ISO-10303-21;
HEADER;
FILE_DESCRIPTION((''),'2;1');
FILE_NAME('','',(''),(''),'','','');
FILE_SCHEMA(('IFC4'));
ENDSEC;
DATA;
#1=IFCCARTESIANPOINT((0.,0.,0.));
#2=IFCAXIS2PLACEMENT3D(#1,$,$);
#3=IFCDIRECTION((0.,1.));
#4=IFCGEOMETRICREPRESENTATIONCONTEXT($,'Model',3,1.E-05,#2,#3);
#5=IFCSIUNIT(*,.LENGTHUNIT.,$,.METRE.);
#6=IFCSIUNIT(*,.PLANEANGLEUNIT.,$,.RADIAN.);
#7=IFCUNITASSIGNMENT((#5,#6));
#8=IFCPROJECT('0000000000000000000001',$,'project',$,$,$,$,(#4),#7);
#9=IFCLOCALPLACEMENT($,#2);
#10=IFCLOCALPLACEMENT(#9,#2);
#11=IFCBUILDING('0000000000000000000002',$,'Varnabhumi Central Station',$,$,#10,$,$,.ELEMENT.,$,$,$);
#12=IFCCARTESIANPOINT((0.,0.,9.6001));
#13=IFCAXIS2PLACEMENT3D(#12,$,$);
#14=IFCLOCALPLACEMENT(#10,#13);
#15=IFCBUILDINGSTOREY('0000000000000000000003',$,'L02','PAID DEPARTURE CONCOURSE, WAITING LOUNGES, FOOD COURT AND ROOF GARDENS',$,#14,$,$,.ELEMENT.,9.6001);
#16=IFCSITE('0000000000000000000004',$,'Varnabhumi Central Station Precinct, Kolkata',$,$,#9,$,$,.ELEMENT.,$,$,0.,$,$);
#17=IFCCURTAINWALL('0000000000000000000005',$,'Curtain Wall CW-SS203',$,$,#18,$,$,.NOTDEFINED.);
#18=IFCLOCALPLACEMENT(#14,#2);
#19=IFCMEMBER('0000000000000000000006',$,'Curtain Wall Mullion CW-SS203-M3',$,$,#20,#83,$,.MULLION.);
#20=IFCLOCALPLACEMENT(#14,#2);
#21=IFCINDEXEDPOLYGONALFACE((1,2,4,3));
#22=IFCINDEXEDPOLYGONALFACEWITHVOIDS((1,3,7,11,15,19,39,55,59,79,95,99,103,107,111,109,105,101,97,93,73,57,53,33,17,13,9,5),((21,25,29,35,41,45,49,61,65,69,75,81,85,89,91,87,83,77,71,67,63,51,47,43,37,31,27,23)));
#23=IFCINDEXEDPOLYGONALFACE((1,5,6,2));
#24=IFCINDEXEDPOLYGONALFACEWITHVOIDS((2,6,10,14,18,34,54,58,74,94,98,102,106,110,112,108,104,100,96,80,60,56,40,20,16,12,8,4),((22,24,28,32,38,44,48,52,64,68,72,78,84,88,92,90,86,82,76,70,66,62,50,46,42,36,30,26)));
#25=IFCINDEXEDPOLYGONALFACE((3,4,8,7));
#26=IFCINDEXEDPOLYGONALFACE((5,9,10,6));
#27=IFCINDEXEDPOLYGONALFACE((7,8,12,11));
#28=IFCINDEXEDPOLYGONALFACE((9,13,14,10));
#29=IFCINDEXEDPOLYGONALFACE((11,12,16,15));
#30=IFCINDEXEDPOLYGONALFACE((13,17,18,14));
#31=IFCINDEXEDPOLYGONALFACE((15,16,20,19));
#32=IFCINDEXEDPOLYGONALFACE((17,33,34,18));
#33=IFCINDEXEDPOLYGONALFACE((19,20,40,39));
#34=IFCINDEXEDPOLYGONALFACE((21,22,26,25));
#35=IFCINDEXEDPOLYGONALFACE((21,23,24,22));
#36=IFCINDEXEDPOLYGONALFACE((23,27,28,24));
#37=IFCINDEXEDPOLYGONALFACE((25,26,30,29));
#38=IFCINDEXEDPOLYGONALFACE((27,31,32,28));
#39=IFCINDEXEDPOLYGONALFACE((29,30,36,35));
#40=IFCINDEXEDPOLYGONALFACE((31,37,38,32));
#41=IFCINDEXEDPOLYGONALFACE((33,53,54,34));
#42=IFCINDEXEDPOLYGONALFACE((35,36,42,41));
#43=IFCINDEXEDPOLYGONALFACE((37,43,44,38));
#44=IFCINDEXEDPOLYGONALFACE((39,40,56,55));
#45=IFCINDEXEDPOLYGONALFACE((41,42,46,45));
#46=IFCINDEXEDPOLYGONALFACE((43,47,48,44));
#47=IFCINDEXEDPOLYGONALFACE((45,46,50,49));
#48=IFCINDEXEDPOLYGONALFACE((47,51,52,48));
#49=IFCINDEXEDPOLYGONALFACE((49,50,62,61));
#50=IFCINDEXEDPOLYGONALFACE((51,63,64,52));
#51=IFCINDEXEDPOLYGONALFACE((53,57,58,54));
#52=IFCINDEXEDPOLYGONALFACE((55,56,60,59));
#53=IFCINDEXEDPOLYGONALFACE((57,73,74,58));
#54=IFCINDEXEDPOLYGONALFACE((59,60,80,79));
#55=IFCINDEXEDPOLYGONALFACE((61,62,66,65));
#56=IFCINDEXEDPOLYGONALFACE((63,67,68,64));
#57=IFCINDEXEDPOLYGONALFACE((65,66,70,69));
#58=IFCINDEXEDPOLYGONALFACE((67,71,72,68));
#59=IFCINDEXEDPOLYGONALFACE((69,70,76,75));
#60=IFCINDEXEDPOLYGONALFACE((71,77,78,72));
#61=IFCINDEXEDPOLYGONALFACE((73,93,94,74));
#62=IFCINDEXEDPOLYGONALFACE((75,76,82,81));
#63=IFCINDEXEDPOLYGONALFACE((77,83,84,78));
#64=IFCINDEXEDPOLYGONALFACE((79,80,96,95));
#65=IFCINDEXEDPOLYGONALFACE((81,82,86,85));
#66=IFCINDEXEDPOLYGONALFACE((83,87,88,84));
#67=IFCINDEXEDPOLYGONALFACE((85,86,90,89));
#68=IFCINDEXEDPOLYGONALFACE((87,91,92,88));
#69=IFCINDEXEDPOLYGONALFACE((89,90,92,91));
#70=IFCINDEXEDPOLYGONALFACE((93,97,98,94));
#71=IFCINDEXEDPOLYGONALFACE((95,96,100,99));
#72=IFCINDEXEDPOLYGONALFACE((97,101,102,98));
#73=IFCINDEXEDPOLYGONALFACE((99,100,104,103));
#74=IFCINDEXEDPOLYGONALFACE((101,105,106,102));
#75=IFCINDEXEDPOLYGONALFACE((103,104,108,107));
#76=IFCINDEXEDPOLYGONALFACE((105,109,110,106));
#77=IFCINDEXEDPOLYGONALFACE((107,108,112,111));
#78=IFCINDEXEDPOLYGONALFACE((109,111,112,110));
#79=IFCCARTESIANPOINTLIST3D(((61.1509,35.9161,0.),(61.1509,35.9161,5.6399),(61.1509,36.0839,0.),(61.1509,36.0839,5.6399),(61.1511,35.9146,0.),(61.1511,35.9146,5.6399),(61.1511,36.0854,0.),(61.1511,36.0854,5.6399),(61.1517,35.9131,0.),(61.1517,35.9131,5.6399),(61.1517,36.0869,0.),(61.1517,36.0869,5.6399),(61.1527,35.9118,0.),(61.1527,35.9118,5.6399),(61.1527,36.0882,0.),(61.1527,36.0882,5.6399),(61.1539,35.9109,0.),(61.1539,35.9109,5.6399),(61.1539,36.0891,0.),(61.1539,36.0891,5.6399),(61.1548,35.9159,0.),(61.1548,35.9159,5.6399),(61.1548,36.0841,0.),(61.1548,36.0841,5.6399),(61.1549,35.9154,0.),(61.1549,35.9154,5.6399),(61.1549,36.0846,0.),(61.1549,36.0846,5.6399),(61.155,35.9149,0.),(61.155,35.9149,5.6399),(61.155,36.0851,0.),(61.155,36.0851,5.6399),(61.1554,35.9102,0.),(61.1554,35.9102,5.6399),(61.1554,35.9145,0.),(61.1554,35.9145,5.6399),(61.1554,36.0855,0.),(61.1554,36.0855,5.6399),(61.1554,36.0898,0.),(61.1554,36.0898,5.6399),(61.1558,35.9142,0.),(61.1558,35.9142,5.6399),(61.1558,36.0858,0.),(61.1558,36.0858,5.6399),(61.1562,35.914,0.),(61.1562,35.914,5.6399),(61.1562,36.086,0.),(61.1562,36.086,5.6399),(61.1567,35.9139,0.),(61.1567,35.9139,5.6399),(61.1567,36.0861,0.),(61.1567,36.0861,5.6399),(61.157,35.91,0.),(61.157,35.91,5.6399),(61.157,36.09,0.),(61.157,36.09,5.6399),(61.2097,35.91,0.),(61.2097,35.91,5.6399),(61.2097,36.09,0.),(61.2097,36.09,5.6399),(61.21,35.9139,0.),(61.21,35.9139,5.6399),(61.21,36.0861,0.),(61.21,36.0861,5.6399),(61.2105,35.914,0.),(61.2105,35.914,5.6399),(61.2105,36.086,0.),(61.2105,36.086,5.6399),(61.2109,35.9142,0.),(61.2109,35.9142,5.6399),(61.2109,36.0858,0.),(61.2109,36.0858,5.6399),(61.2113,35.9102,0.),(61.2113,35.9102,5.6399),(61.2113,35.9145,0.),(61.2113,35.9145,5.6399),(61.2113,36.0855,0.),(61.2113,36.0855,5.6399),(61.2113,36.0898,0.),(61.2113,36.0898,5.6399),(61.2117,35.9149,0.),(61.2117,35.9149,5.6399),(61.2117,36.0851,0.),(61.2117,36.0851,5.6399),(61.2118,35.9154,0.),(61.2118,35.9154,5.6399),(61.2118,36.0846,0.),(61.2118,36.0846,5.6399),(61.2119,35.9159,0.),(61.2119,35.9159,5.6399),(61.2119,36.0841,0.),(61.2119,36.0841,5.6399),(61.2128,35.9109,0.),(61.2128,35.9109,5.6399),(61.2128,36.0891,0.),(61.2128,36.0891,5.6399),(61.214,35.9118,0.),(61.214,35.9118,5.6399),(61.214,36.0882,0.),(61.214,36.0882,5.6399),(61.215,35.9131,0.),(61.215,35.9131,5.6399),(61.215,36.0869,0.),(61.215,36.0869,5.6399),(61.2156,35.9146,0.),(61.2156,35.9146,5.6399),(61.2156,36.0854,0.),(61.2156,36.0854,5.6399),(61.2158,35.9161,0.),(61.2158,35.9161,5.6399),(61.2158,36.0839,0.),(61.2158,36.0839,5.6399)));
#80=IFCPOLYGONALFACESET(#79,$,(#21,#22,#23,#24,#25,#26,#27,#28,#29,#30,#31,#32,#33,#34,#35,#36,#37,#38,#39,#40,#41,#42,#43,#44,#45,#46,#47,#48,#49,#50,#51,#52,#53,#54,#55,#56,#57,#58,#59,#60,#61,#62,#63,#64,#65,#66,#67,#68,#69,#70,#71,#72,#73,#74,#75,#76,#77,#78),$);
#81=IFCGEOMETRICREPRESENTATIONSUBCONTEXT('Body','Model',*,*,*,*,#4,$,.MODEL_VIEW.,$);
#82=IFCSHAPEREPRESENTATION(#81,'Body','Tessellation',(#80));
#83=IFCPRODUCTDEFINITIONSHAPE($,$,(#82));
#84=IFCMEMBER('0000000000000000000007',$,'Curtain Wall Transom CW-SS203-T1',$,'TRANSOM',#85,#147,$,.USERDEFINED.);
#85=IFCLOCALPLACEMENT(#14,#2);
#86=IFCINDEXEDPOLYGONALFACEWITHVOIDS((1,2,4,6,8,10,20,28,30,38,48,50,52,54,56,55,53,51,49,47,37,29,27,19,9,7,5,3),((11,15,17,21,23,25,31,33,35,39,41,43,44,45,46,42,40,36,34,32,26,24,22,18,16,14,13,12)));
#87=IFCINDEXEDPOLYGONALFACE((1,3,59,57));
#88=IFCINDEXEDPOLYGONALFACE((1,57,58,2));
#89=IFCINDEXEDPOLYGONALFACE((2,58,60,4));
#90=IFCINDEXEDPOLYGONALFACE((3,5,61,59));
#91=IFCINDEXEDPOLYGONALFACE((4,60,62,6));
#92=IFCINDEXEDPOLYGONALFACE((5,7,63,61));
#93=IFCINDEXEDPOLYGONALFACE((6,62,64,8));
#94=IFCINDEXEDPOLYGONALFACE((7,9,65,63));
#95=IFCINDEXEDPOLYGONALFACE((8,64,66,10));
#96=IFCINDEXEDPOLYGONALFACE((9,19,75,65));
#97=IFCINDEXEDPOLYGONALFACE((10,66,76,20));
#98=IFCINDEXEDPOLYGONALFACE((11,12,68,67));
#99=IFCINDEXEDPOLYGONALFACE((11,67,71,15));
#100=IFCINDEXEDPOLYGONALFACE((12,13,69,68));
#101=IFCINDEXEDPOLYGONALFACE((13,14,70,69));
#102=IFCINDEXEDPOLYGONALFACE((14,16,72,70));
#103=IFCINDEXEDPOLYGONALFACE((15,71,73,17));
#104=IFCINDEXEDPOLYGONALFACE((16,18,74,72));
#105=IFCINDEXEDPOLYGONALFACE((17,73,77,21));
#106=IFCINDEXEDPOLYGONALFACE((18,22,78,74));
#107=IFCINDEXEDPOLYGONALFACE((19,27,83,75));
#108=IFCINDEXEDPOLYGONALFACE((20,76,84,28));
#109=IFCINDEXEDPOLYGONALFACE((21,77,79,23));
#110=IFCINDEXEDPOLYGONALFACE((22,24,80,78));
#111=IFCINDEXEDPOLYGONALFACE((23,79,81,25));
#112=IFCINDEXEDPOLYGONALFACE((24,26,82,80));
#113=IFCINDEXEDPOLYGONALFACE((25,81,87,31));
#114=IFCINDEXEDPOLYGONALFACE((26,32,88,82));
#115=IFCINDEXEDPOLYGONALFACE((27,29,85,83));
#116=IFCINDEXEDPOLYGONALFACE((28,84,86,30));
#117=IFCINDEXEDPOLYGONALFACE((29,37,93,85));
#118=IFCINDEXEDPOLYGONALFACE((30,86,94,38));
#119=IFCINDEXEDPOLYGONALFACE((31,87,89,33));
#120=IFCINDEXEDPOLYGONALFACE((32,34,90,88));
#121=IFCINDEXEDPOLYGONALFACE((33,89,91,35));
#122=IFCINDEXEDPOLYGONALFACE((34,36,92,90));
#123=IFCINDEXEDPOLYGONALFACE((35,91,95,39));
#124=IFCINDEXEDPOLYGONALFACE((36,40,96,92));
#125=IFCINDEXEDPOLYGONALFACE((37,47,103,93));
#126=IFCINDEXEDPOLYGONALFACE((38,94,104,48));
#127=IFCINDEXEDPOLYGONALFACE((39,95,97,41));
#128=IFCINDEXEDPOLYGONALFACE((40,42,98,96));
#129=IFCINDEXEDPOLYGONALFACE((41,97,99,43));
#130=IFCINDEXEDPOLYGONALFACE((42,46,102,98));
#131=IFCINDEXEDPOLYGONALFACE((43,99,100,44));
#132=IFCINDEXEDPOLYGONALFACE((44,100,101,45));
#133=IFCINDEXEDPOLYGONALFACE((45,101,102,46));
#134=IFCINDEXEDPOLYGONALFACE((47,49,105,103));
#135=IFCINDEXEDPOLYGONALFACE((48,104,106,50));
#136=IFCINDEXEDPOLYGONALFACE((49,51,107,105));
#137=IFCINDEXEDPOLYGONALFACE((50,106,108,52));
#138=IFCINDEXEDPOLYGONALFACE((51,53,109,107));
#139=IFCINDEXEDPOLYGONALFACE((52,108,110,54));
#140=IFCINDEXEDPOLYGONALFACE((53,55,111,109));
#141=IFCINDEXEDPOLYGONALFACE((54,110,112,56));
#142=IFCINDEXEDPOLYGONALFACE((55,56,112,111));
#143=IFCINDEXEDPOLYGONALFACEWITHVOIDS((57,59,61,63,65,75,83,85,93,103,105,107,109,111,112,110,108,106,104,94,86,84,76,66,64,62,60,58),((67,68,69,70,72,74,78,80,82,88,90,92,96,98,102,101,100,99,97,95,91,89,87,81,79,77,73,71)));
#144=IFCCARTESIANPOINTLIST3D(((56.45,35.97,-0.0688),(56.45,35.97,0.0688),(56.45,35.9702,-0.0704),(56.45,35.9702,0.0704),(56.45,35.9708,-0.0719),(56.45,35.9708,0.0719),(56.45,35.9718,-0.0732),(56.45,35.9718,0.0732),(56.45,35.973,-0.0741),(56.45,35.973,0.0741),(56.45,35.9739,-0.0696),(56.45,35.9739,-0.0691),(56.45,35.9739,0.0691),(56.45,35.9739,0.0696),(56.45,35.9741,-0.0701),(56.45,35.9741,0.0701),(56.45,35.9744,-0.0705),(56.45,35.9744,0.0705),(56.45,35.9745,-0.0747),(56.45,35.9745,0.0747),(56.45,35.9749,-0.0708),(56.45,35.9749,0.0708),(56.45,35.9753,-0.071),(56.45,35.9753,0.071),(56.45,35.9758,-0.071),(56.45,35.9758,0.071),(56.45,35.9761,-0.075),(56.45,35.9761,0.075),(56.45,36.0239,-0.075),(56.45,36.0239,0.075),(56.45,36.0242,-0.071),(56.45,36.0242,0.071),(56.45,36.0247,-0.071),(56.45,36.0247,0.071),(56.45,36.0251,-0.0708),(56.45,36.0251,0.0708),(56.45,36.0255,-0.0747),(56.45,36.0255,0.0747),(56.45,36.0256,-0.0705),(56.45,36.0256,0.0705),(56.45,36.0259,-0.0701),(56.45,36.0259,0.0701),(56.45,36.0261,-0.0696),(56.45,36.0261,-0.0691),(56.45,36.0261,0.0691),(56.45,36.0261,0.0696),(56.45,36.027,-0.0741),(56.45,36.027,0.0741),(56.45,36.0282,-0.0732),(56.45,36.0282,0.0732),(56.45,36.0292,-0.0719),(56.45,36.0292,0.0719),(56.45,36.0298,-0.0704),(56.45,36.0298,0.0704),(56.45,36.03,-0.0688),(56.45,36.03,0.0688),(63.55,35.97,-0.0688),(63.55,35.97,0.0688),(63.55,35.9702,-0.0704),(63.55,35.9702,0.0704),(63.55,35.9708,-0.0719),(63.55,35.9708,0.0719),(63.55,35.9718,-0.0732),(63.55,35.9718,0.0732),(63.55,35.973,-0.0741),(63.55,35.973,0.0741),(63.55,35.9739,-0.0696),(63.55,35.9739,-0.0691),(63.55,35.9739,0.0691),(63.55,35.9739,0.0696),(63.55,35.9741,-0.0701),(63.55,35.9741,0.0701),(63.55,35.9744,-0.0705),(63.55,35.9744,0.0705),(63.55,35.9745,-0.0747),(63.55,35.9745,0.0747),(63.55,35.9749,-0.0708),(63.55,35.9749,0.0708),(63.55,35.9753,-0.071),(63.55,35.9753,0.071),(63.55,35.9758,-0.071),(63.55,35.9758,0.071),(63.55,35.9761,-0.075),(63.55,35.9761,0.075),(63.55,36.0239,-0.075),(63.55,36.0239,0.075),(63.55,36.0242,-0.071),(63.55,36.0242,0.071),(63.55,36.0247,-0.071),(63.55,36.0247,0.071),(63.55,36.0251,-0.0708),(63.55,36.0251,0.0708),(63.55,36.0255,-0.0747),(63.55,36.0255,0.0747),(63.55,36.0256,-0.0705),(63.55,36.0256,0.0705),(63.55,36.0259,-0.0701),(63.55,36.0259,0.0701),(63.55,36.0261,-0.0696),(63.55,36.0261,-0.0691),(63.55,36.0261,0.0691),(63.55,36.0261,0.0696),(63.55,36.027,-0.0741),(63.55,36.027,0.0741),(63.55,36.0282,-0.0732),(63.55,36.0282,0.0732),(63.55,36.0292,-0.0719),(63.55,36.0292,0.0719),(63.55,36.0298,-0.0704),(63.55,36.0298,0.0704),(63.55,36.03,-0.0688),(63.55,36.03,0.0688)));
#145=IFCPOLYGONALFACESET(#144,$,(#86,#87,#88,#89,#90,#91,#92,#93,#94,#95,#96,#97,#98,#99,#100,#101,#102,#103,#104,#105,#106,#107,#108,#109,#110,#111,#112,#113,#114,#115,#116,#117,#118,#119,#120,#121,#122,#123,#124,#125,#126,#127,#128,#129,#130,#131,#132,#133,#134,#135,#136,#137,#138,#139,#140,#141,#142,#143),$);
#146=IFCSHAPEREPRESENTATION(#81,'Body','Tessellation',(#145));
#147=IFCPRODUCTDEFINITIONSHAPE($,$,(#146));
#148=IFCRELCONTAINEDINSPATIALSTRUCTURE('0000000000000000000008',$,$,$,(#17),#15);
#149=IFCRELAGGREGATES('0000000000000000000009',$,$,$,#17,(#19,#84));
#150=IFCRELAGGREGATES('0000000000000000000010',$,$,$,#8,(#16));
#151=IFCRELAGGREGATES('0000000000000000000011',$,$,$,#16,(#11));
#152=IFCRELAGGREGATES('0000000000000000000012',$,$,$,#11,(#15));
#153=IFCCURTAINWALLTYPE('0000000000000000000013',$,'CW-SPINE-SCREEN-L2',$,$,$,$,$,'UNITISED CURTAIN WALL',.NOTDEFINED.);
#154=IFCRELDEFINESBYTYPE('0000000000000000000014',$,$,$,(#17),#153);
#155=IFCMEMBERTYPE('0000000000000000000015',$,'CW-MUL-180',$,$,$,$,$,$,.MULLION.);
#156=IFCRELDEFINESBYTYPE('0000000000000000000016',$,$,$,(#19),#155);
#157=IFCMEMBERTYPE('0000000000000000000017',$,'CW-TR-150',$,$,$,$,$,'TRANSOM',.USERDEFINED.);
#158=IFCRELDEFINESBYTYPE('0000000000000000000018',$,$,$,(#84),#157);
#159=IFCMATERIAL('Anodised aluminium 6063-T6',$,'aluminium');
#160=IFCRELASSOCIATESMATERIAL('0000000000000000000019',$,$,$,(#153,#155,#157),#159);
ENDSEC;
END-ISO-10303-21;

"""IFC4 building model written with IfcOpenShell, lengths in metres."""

from ifc_helpers import new_model, si_unit, direction, frame, origin, origin_2d, place, context, subcontext, project, spatial, hollow_rectangle, extrude, material, material_profile, profile_set, type_object, element, aggregate, save


model = new_model("IFC4")

# Units and contexts
model_context = context("Model", 3, precision=1e-05, world=origin(), true_north=direction((0.0, 1.0)))
body_context = subcontext(model_context, "Body", "Model", "MODEL_VIEW")
ifc_project = project(units=[si_unit("LENGTHUNIT", "METRE"), si_unit("PLANEANGLEUNIT", "RADIAN")], contexts=[model_context])

# Site, building, storey
site_placement = place(None, origin())
site = spatial("IfcSite", under=ifc_project, at=site_placement, Name="Varnabhumi Central Station Precinct, Kolkata", CompositionType="ELEMENT", RefElevation=0.0)
building_placement = place(site_placement, origin())
building = spatial("IfcBuilding", under=site, at=building_placement, Name="Varnabhumi Central Station", CompositionType="ELEMENT")
storey_placement = place(building_placement, frame((0.0, 0.0, 9.6001)))
storey = spatial("IfcBuildingStorey", under=building, at=storey_placement, Name="L02", Description="PAID DEPARTURE CONCOURSE, WAITING LOUNGES, FOOD COURT AND ROOF GARDENS", CompositionType="ELEMENT", Elevation=9.6001)

# Curtain wall, members
ifc_material_1 = material(Name="Anodised aluminium 6063-T6", Category="aluminium")
curtain_wall_type = type_object("IfcCurtainWallType", Name="CW-SPINE-SCREEN-L2", ElementType="UNITISED CURTAIN WALL", PredefinedType="NOTDEFINED", material=ifc_material_1)
curtain_wall_placement = place(storey_placement, origin())
curtain_wall = element("IfcCurtainWall", 1, at=curtain_wall_placement, inside=storey, type_object=curtain_wall_type, Name="Curtain Wall CW-SS203", PredefinedType="NOTDEFINED")
ifc_material_profile_1 = material_profile(ifc_material_1, hollow_rectangle(XDim=0.0649, YDim=0.1799, WallThickness=0.0039, InnerFilletRadius=0.002, OuterFilletRadius=0.0061, at=origin_2d()), Name="Anodised aluminium 6063-T6", Category="aluminium")
ifc_profile_set_1 = profile_set([ifc_material_profile_1], Name="Anodised aluminium 6063-T6")
member_type_1 = type_object("IfcMemberType", Name="CW-MUL-180", PredefinedType="MULLION", material=ifc_profile_set_1)
member_1_placement = place(storey_placement, frame((61.1833, 36.0, 0.0), z_axis=(0.0, 0.0, 1.0), x_axis=(1.0, 0.0, 0.0)))
member_1 = element("IfcMember", 2, at=member_1_placement, type_object=member_type_1, Name="Curtain Wall Mullion CW-SS203-M3", PredefinedType="MULLION", context=body_context, shape_type="SweptSolid", body=[
    extrude(hollow_rectangle(XDim=0.0649, YDim=0.1799, WallThickness=0.0039, InnerFilletRadius=0.002, OuterFilletRadius=0.0061, at=origin_2d()), origin(), (0.0, 0.0, 1.0), 5.6399),
])
ifc_material_profile_2 = material_profile(ifc_material_1, hollow_rectangle(XDim=0.0601, YDim=0.1499, WallThickness=0.0039, InnerFilletRadius=0.002, OuterFilletRadius=0.0061, at=origin_2d()), Name="Anodised aluminium 6063-T6", Category="aluminium")
ifc_profile_set_2 = profile_set([ifc_material_profile_2], Name="Anodised aluminium 6063-T6")
member_type_2 = type_object("IfcMemberType", Name="CW-TR-150", ElementType="TRANSOM", PredefinedType="USERDEFINED", material=ifc_profile_set_2)
member_2_placement = place(storey_placement, frame((56.45, 36.0, 0.0), z_axis=(1.0, 0.0, 0.0), x_axis=(0.0, 1.0, 0.0)))
member_2 = element("IfcMember", 3, at=member_2_placement, type_object=member_type_2, Name="Curtain Wall Transom CW-SS203-T1", ObjectType="TRANSOM", PredefinedType="USERDEFINED", context=body_context, shape_type="SweptSolid", body=[
    extrude(hollow_rectangle(XDim=0.0601, YDim=0.1499, WallThickness=0.0039, InnerFilletRadius=0.002, OuterFilletRadius=0.0061, at=origin_2d()), origin(), (0.0, 0.0, 1.0), 7.1001),
])

aggregate(curtain_wall, [member_1, member_2])

save(model, "model.ifc")
